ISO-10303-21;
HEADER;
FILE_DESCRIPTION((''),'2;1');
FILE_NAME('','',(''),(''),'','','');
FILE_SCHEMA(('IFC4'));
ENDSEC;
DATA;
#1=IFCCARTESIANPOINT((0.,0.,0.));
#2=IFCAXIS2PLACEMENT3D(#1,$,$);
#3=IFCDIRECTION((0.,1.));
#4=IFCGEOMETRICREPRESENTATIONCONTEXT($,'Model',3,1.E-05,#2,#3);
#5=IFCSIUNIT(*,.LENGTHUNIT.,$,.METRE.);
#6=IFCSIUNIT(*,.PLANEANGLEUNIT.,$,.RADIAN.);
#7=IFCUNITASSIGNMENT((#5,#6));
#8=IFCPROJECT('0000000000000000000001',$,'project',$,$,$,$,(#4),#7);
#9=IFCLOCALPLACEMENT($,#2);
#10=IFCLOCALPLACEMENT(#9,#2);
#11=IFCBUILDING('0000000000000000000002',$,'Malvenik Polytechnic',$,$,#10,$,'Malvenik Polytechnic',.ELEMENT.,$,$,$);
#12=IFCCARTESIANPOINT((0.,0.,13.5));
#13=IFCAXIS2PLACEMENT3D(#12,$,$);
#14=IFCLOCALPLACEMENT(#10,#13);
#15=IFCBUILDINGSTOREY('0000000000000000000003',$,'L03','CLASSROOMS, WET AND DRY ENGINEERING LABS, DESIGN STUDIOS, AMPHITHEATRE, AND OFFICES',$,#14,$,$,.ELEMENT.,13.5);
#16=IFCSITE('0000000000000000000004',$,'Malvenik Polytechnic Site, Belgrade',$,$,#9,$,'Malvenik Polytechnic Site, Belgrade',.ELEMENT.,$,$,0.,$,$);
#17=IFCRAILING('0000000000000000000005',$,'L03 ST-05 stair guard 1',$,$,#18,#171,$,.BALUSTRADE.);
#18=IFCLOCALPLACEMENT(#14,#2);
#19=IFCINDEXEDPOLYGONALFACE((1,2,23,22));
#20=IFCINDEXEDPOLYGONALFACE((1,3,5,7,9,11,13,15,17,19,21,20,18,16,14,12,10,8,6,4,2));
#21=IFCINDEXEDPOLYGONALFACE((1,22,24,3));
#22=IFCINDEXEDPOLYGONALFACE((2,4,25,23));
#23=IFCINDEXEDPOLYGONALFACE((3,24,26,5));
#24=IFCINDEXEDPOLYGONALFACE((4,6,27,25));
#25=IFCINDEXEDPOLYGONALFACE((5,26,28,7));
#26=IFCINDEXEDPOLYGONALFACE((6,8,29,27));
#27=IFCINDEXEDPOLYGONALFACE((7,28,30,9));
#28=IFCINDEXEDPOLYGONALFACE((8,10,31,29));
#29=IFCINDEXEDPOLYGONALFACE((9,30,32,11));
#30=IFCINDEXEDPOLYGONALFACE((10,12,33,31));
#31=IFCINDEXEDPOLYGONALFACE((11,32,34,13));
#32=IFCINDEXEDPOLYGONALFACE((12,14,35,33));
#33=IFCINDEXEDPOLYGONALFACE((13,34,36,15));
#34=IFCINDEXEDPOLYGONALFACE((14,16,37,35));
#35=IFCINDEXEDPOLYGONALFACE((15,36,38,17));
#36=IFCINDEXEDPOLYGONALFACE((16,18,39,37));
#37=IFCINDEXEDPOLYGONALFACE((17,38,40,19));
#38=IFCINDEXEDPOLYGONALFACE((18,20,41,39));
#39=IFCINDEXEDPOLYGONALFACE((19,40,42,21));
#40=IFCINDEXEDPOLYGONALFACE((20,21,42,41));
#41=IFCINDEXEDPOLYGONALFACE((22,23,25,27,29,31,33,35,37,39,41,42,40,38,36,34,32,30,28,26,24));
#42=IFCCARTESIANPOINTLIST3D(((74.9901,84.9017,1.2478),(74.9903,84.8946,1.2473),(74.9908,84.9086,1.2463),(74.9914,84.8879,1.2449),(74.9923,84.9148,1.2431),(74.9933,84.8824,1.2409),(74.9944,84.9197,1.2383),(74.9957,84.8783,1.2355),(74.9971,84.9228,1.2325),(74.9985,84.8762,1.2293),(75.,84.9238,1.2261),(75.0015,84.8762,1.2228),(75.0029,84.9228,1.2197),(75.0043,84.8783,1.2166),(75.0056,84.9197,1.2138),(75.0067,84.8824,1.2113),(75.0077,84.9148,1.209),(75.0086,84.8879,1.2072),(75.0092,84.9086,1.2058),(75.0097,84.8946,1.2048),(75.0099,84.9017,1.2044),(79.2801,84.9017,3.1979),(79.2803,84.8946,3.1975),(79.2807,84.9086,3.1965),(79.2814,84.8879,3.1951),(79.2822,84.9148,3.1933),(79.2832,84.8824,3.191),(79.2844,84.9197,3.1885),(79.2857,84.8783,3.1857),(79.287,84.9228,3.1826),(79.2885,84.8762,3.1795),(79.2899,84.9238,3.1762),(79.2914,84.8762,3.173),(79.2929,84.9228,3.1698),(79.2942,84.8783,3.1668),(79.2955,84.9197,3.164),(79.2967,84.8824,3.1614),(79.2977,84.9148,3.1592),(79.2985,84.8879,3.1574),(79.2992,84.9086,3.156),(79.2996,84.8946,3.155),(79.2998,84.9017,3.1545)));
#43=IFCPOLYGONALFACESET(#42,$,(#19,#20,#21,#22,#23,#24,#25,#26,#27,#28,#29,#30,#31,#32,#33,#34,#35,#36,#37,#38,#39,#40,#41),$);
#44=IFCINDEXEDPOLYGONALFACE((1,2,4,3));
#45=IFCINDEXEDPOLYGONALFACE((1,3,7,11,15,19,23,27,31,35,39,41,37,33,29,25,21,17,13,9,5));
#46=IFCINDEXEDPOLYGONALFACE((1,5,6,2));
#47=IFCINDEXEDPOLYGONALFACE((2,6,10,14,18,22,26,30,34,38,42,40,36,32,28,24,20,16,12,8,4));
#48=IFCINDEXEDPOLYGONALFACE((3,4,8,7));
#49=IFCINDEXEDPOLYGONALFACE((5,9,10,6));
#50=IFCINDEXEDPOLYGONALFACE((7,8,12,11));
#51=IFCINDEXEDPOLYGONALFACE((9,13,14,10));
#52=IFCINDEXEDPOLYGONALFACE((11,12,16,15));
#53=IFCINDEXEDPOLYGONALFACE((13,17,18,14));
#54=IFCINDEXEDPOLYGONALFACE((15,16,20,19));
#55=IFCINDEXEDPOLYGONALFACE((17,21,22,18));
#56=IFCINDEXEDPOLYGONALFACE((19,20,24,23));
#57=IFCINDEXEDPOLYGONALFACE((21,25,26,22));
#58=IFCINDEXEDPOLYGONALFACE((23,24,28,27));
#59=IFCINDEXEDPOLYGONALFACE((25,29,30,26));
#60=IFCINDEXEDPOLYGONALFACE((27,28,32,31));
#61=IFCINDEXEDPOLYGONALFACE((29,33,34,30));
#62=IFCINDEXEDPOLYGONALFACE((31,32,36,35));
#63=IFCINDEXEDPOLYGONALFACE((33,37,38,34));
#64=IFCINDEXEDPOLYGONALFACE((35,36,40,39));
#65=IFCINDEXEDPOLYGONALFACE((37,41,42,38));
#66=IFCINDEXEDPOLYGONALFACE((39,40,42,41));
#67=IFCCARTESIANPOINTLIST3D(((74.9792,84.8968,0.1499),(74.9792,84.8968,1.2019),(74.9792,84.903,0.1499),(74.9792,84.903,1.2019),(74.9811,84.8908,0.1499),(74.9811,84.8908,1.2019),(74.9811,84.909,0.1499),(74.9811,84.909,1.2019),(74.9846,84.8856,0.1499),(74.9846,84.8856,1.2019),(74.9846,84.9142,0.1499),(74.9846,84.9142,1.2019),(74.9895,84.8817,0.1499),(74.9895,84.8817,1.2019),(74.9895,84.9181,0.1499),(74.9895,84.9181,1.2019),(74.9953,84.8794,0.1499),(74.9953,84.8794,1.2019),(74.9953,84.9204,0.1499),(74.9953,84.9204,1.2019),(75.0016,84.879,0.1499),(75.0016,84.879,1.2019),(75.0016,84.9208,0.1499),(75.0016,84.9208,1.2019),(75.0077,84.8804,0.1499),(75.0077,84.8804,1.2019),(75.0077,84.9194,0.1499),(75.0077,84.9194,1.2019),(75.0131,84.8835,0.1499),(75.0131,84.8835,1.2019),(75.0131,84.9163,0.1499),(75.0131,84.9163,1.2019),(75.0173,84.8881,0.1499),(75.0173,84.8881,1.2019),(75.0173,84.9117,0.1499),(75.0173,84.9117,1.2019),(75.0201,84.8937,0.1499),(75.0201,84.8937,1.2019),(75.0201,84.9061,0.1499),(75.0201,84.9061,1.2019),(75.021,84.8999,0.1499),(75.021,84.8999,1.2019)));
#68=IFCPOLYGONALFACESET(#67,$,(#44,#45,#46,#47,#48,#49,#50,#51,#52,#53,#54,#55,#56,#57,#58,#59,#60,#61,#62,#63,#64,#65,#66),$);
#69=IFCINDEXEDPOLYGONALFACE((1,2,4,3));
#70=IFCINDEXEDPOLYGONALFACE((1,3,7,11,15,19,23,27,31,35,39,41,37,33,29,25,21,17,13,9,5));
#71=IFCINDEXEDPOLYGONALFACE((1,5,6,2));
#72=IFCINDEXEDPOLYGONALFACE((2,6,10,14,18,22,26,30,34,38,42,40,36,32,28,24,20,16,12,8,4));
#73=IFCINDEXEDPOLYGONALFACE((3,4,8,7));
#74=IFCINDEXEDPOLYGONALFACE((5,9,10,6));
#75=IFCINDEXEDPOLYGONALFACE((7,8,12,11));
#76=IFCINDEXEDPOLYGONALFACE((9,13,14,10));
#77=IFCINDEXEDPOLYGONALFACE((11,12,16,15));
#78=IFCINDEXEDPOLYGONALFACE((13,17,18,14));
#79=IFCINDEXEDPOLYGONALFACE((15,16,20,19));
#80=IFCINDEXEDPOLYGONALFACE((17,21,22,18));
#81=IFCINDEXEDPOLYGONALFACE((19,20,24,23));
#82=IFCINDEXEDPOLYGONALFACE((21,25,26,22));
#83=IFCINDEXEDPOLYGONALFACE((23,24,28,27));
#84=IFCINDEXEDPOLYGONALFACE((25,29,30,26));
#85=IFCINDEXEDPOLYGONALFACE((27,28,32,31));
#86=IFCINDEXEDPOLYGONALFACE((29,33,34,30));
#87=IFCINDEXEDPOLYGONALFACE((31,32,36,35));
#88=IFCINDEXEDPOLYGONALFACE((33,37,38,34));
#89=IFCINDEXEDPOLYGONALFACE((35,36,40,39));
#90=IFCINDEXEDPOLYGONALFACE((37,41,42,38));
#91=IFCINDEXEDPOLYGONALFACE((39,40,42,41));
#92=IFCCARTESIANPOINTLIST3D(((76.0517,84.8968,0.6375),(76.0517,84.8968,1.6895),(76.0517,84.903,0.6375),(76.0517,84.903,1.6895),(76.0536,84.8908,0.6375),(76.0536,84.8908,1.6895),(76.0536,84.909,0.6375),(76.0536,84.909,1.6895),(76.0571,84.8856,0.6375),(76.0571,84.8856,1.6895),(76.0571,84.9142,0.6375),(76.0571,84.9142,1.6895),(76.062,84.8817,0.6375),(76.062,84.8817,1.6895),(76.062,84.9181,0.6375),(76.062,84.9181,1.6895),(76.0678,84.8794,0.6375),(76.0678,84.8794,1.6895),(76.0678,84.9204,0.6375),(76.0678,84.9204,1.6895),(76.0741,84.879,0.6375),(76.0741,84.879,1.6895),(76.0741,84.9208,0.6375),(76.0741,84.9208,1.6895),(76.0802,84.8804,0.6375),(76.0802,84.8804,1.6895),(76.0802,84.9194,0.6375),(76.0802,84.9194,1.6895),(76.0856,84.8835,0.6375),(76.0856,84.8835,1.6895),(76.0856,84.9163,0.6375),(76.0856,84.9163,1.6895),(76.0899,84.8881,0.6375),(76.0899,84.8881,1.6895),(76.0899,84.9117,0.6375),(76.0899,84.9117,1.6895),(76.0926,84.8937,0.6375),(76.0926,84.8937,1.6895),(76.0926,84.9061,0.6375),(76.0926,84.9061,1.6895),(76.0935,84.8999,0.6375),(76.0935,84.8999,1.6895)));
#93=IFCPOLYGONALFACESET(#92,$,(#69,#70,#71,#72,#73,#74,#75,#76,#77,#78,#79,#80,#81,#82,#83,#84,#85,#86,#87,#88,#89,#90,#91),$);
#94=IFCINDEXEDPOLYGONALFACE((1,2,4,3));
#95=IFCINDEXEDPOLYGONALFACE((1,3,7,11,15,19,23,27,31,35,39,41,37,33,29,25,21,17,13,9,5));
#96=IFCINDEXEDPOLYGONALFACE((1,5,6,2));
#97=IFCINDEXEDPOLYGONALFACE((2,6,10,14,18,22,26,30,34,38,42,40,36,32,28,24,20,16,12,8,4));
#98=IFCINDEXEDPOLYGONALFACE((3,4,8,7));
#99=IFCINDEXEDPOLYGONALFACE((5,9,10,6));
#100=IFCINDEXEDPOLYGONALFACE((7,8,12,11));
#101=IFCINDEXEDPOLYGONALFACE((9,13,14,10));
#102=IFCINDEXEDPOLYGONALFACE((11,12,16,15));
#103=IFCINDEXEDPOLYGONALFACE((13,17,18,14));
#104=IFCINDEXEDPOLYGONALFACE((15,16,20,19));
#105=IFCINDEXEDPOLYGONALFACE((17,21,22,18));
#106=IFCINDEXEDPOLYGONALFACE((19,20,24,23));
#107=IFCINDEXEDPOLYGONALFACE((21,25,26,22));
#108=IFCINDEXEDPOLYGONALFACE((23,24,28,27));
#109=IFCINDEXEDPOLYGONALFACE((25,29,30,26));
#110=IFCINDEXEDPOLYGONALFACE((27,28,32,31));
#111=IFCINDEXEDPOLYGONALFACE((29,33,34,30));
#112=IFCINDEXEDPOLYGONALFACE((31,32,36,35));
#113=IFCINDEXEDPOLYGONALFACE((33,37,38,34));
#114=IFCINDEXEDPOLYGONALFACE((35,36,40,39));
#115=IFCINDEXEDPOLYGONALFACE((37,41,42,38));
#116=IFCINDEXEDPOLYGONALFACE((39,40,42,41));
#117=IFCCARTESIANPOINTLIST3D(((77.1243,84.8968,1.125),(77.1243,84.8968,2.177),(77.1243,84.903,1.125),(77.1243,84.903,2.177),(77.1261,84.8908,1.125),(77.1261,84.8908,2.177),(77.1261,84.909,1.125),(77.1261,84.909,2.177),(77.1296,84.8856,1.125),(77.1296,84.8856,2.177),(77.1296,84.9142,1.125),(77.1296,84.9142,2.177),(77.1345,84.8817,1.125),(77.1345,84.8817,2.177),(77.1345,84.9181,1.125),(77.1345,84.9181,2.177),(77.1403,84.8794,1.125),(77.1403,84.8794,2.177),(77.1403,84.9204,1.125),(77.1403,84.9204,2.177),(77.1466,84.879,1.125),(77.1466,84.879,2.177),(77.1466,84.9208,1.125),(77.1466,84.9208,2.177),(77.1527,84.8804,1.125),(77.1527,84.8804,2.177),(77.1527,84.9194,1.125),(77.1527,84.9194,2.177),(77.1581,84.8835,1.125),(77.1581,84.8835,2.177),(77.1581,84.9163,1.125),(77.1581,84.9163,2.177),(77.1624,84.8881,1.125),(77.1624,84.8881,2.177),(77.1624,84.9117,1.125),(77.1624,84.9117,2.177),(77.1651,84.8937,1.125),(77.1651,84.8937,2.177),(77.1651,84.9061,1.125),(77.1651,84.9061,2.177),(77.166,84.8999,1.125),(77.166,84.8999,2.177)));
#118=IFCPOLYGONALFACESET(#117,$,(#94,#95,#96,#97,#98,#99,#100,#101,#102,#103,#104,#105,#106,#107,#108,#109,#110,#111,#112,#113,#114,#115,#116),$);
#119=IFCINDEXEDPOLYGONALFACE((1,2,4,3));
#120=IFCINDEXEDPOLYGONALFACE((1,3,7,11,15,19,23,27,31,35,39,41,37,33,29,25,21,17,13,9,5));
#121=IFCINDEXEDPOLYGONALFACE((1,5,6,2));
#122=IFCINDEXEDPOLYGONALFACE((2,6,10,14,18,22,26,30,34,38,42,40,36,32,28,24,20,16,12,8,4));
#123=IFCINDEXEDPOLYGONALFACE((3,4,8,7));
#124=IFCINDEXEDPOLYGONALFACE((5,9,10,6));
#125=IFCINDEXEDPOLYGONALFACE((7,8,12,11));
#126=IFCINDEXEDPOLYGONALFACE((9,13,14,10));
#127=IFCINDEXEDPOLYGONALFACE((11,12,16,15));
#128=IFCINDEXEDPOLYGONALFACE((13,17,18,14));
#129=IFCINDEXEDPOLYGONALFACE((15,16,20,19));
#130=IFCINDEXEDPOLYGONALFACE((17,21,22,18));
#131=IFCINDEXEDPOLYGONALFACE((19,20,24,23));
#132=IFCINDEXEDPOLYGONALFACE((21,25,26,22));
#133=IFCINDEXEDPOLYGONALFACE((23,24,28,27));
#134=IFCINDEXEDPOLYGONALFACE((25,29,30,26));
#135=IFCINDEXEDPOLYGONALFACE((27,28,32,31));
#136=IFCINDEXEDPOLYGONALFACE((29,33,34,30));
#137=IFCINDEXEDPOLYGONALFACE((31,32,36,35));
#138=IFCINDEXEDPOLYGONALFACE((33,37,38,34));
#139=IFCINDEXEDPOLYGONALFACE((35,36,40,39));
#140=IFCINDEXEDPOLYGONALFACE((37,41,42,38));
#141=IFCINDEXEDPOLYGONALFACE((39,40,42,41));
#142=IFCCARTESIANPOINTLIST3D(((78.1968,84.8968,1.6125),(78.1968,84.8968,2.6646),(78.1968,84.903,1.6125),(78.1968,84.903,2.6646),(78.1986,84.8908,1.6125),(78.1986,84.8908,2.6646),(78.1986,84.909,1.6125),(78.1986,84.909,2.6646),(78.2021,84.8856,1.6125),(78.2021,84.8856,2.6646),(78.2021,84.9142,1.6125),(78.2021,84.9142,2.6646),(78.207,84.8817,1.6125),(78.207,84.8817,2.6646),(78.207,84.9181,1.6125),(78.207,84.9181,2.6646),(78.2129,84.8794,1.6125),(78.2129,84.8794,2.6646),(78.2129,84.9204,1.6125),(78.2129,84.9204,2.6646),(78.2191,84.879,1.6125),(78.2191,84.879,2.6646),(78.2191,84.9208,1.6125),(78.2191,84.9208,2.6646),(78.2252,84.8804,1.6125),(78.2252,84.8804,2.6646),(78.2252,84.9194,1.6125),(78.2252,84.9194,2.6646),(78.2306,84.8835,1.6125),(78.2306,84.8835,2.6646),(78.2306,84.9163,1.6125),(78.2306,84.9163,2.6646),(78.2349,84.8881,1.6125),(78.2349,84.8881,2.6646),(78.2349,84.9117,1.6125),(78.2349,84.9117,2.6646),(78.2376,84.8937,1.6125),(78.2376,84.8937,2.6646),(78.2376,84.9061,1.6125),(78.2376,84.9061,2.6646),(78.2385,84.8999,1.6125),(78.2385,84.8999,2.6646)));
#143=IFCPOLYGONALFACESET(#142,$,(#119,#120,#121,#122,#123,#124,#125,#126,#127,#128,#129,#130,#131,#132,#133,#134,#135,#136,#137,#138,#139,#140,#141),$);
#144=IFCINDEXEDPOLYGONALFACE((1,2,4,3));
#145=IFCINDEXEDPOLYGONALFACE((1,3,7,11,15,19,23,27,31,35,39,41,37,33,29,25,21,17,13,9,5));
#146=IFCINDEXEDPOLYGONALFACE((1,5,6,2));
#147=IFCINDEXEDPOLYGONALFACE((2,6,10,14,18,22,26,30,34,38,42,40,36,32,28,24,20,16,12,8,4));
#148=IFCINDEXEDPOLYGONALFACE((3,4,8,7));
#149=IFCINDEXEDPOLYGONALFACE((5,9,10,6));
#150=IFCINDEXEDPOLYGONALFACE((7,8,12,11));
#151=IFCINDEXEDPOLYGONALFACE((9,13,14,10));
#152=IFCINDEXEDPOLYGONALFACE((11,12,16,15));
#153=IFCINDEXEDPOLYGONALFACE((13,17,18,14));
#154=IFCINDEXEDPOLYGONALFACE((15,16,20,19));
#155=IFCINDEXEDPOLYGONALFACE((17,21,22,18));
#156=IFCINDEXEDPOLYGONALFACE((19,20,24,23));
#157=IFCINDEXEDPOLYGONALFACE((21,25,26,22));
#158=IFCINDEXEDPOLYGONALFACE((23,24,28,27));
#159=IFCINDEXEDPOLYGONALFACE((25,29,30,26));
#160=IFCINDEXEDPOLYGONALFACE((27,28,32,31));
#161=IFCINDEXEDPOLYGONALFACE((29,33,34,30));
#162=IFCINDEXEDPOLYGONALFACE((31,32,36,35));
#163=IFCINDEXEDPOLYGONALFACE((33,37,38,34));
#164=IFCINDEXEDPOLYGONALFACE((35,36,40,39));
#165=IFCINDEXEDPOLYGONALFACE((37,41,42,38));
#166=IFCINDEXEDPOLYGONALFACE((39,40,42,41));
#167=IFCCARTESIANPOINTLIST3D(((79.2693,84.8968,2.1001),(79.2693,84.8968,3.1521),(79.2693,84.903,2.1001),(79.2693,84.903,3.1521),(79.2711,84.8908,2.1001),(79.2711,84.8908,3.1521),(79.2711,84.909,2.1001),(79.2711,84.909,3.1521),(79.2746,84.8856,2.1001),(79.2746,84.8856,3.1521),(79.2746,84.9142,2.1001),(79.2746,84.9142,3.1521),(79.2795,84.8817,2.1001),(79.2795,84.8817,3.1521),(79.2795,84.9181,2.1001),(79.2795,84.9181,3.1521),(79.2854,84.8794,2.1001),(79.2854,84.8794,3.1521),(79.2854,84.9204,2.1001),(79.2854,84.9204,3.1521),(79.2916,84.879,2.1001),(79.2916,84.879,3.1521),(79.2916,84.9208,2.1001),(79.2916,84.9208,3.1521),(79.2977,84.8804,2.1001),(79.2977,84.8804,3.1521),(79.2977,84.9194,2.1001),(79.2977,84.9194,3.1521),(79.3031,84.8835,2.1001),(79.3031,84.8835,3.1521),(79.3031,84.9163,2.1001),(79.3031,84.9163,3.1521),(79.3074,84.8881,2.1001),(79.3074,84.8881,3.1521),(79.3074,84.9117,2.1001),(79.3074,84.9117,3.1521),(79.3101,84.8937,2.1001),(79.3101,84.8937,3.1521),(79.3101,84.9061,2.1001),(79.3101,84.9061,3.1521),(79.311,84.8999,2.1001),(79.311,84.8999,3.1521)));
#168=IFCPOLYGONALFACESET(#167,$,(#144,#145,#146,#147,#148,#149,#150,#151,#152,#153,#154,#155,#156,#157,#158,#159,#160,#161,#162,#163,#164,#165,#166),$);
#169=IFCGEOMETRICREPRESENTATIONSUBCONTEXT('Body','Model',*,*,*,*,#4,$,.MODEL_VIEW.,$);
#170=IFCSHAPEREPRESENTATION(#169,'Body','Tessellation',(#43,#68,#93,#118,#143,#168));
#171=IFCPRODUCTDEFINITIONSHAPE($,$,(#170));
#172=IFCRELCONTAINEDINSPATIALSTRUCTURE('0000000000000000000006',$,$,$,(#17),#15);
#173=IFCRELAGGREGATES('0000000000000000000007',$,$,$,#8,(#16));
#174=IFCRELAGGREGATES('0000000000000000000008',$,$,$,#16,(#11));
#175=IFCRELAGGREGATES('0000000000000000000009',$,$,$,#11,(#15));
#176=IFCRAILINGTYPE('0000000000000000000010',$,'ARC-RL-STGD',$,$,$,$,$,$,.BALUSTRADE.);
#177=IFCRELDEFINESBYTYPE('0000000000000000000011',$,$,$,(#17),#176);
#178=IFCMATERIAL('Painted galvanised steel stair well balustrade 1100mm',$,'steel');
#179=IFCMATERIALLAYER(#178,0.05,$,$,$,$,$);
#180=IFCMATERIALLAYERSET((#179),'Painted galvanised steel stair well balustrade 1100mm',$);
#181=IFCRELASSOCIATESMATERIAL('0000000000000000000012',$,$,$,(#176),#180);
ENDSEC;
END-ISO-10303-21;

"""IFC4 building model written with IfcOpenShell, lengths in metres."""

from ifc_helpers import new_model, si_unit, direction, frame, origin, origin_2d, place, context, subcontext, project, spatial, circle, extrude, material, layer, layer_set, type_object, element, save


model = new_model("IFC4")

# Units and contexts
model_context = context("Model", 3, precision=1e-05, world=origin(), true_north=direction((0.0, 1.0)))
body_context = subcontext(model_context, "Body", "Model", "MODEL_VIEW")
ifc_project = project(units=[si_unit("LENGTHUNIT", "METRE"), si_unit("PLANEANGLEUNIT", "RADIAN")], contexts=[model_context])

# Site, building, storey
site_placement = place(None, origin())
site = spatial("IfcSite", under=ifc_project, at=site_placement, Name="Malvenik Polytechnic Site, Belgrade", LongName="Malvenik Polytechnic Site, Belgrade", CompositionType="ELEMENT", RefElevation=0.0)
building_placement = place(site_placement, origin())
building = spatial("IfcBuilding", under=site, at=building_placement, Name="Malvenik Polytechnic", LongName="Malvenik Polytechnic", CompositionType="ELEMENT")
storey_placement = place(building_placement, frame((0.0, 0.0, 13.5)))
storey = spatial("IfcBuildingStorey", under=building, at=storey_placement, Name="L03", Description="CLASSROOMS, WET AND DRY ENGINEERING LABS, DESIGN STUDIOS, AMPHITHEATRE, AND OFFICES", CompositionType="ELEMENT", Elevation=13.5)

# Railing
ifc_material_1 = material(Name="Painted galvanised steel stair well balustrade 1100mm", Category="steel")
ifc_layer_1 = layer(ifc_material_1, 0.05)
ifc_layer_set_1 = layer_set([ifc_layer_1], Name="Painted galvanised steel stair well balustrade 1100mm")
railing_type_1 = type_object("IfcRailingType", Name="ARC-RL-STGD", PredefinedType="BALUSTRADE", material=ifc_layer_set_1)
railing_1_placement = place(storey_placement, frame((75.0, 84.8999, 0.1499)))
element("IfcRailing", 1, at=railing_1_placement, inside=storey, type_object=railing_type_1, Name="L03 ST-05 stair guard 1", PredefinedType="BALUSTRADE", context=body_context, shape_type="SweptSolid", body=[
    extrude(circle(Radius=0.0239, at=origin_2d()), frame((0.0, 0.0, 1.0762), z_axis=(0.910352, 0.0, 0.413834), x_axis=(0.0, 1.0, 0.0)), (0.0, 0.0, 1.0), 4.7124),
    extrude(circle(Radius=0.021, at=origin_2d()), origin(), (0.0, 0.0, 1.0), 1.052),
    extrude(circle(Radius=0.021, at=origin_2d()), frame((1.0725, 0.0, 0.4875)), (0.0, 0.0, 1.0), 1.052),
    extrude(circle(Radius=0.021, at=origin_2d()), frame((2.145, 0.0, 0.9751)), (0.0, 0.0, 1.0), 1.052),
    extrude(circle(Radius=0.021, at=origin_2d()), frame((3.2175, 0.0, 1.4626)), (0.0, 0.0, 1.0), 1.052),
    extrude(circle(Radius=0.021, at=origin_2d()), frame((4.29, 0.0, 1.9502)), (0.0, 0.0, 1.0), 1.052),
])

save(model, "model.ifc")
